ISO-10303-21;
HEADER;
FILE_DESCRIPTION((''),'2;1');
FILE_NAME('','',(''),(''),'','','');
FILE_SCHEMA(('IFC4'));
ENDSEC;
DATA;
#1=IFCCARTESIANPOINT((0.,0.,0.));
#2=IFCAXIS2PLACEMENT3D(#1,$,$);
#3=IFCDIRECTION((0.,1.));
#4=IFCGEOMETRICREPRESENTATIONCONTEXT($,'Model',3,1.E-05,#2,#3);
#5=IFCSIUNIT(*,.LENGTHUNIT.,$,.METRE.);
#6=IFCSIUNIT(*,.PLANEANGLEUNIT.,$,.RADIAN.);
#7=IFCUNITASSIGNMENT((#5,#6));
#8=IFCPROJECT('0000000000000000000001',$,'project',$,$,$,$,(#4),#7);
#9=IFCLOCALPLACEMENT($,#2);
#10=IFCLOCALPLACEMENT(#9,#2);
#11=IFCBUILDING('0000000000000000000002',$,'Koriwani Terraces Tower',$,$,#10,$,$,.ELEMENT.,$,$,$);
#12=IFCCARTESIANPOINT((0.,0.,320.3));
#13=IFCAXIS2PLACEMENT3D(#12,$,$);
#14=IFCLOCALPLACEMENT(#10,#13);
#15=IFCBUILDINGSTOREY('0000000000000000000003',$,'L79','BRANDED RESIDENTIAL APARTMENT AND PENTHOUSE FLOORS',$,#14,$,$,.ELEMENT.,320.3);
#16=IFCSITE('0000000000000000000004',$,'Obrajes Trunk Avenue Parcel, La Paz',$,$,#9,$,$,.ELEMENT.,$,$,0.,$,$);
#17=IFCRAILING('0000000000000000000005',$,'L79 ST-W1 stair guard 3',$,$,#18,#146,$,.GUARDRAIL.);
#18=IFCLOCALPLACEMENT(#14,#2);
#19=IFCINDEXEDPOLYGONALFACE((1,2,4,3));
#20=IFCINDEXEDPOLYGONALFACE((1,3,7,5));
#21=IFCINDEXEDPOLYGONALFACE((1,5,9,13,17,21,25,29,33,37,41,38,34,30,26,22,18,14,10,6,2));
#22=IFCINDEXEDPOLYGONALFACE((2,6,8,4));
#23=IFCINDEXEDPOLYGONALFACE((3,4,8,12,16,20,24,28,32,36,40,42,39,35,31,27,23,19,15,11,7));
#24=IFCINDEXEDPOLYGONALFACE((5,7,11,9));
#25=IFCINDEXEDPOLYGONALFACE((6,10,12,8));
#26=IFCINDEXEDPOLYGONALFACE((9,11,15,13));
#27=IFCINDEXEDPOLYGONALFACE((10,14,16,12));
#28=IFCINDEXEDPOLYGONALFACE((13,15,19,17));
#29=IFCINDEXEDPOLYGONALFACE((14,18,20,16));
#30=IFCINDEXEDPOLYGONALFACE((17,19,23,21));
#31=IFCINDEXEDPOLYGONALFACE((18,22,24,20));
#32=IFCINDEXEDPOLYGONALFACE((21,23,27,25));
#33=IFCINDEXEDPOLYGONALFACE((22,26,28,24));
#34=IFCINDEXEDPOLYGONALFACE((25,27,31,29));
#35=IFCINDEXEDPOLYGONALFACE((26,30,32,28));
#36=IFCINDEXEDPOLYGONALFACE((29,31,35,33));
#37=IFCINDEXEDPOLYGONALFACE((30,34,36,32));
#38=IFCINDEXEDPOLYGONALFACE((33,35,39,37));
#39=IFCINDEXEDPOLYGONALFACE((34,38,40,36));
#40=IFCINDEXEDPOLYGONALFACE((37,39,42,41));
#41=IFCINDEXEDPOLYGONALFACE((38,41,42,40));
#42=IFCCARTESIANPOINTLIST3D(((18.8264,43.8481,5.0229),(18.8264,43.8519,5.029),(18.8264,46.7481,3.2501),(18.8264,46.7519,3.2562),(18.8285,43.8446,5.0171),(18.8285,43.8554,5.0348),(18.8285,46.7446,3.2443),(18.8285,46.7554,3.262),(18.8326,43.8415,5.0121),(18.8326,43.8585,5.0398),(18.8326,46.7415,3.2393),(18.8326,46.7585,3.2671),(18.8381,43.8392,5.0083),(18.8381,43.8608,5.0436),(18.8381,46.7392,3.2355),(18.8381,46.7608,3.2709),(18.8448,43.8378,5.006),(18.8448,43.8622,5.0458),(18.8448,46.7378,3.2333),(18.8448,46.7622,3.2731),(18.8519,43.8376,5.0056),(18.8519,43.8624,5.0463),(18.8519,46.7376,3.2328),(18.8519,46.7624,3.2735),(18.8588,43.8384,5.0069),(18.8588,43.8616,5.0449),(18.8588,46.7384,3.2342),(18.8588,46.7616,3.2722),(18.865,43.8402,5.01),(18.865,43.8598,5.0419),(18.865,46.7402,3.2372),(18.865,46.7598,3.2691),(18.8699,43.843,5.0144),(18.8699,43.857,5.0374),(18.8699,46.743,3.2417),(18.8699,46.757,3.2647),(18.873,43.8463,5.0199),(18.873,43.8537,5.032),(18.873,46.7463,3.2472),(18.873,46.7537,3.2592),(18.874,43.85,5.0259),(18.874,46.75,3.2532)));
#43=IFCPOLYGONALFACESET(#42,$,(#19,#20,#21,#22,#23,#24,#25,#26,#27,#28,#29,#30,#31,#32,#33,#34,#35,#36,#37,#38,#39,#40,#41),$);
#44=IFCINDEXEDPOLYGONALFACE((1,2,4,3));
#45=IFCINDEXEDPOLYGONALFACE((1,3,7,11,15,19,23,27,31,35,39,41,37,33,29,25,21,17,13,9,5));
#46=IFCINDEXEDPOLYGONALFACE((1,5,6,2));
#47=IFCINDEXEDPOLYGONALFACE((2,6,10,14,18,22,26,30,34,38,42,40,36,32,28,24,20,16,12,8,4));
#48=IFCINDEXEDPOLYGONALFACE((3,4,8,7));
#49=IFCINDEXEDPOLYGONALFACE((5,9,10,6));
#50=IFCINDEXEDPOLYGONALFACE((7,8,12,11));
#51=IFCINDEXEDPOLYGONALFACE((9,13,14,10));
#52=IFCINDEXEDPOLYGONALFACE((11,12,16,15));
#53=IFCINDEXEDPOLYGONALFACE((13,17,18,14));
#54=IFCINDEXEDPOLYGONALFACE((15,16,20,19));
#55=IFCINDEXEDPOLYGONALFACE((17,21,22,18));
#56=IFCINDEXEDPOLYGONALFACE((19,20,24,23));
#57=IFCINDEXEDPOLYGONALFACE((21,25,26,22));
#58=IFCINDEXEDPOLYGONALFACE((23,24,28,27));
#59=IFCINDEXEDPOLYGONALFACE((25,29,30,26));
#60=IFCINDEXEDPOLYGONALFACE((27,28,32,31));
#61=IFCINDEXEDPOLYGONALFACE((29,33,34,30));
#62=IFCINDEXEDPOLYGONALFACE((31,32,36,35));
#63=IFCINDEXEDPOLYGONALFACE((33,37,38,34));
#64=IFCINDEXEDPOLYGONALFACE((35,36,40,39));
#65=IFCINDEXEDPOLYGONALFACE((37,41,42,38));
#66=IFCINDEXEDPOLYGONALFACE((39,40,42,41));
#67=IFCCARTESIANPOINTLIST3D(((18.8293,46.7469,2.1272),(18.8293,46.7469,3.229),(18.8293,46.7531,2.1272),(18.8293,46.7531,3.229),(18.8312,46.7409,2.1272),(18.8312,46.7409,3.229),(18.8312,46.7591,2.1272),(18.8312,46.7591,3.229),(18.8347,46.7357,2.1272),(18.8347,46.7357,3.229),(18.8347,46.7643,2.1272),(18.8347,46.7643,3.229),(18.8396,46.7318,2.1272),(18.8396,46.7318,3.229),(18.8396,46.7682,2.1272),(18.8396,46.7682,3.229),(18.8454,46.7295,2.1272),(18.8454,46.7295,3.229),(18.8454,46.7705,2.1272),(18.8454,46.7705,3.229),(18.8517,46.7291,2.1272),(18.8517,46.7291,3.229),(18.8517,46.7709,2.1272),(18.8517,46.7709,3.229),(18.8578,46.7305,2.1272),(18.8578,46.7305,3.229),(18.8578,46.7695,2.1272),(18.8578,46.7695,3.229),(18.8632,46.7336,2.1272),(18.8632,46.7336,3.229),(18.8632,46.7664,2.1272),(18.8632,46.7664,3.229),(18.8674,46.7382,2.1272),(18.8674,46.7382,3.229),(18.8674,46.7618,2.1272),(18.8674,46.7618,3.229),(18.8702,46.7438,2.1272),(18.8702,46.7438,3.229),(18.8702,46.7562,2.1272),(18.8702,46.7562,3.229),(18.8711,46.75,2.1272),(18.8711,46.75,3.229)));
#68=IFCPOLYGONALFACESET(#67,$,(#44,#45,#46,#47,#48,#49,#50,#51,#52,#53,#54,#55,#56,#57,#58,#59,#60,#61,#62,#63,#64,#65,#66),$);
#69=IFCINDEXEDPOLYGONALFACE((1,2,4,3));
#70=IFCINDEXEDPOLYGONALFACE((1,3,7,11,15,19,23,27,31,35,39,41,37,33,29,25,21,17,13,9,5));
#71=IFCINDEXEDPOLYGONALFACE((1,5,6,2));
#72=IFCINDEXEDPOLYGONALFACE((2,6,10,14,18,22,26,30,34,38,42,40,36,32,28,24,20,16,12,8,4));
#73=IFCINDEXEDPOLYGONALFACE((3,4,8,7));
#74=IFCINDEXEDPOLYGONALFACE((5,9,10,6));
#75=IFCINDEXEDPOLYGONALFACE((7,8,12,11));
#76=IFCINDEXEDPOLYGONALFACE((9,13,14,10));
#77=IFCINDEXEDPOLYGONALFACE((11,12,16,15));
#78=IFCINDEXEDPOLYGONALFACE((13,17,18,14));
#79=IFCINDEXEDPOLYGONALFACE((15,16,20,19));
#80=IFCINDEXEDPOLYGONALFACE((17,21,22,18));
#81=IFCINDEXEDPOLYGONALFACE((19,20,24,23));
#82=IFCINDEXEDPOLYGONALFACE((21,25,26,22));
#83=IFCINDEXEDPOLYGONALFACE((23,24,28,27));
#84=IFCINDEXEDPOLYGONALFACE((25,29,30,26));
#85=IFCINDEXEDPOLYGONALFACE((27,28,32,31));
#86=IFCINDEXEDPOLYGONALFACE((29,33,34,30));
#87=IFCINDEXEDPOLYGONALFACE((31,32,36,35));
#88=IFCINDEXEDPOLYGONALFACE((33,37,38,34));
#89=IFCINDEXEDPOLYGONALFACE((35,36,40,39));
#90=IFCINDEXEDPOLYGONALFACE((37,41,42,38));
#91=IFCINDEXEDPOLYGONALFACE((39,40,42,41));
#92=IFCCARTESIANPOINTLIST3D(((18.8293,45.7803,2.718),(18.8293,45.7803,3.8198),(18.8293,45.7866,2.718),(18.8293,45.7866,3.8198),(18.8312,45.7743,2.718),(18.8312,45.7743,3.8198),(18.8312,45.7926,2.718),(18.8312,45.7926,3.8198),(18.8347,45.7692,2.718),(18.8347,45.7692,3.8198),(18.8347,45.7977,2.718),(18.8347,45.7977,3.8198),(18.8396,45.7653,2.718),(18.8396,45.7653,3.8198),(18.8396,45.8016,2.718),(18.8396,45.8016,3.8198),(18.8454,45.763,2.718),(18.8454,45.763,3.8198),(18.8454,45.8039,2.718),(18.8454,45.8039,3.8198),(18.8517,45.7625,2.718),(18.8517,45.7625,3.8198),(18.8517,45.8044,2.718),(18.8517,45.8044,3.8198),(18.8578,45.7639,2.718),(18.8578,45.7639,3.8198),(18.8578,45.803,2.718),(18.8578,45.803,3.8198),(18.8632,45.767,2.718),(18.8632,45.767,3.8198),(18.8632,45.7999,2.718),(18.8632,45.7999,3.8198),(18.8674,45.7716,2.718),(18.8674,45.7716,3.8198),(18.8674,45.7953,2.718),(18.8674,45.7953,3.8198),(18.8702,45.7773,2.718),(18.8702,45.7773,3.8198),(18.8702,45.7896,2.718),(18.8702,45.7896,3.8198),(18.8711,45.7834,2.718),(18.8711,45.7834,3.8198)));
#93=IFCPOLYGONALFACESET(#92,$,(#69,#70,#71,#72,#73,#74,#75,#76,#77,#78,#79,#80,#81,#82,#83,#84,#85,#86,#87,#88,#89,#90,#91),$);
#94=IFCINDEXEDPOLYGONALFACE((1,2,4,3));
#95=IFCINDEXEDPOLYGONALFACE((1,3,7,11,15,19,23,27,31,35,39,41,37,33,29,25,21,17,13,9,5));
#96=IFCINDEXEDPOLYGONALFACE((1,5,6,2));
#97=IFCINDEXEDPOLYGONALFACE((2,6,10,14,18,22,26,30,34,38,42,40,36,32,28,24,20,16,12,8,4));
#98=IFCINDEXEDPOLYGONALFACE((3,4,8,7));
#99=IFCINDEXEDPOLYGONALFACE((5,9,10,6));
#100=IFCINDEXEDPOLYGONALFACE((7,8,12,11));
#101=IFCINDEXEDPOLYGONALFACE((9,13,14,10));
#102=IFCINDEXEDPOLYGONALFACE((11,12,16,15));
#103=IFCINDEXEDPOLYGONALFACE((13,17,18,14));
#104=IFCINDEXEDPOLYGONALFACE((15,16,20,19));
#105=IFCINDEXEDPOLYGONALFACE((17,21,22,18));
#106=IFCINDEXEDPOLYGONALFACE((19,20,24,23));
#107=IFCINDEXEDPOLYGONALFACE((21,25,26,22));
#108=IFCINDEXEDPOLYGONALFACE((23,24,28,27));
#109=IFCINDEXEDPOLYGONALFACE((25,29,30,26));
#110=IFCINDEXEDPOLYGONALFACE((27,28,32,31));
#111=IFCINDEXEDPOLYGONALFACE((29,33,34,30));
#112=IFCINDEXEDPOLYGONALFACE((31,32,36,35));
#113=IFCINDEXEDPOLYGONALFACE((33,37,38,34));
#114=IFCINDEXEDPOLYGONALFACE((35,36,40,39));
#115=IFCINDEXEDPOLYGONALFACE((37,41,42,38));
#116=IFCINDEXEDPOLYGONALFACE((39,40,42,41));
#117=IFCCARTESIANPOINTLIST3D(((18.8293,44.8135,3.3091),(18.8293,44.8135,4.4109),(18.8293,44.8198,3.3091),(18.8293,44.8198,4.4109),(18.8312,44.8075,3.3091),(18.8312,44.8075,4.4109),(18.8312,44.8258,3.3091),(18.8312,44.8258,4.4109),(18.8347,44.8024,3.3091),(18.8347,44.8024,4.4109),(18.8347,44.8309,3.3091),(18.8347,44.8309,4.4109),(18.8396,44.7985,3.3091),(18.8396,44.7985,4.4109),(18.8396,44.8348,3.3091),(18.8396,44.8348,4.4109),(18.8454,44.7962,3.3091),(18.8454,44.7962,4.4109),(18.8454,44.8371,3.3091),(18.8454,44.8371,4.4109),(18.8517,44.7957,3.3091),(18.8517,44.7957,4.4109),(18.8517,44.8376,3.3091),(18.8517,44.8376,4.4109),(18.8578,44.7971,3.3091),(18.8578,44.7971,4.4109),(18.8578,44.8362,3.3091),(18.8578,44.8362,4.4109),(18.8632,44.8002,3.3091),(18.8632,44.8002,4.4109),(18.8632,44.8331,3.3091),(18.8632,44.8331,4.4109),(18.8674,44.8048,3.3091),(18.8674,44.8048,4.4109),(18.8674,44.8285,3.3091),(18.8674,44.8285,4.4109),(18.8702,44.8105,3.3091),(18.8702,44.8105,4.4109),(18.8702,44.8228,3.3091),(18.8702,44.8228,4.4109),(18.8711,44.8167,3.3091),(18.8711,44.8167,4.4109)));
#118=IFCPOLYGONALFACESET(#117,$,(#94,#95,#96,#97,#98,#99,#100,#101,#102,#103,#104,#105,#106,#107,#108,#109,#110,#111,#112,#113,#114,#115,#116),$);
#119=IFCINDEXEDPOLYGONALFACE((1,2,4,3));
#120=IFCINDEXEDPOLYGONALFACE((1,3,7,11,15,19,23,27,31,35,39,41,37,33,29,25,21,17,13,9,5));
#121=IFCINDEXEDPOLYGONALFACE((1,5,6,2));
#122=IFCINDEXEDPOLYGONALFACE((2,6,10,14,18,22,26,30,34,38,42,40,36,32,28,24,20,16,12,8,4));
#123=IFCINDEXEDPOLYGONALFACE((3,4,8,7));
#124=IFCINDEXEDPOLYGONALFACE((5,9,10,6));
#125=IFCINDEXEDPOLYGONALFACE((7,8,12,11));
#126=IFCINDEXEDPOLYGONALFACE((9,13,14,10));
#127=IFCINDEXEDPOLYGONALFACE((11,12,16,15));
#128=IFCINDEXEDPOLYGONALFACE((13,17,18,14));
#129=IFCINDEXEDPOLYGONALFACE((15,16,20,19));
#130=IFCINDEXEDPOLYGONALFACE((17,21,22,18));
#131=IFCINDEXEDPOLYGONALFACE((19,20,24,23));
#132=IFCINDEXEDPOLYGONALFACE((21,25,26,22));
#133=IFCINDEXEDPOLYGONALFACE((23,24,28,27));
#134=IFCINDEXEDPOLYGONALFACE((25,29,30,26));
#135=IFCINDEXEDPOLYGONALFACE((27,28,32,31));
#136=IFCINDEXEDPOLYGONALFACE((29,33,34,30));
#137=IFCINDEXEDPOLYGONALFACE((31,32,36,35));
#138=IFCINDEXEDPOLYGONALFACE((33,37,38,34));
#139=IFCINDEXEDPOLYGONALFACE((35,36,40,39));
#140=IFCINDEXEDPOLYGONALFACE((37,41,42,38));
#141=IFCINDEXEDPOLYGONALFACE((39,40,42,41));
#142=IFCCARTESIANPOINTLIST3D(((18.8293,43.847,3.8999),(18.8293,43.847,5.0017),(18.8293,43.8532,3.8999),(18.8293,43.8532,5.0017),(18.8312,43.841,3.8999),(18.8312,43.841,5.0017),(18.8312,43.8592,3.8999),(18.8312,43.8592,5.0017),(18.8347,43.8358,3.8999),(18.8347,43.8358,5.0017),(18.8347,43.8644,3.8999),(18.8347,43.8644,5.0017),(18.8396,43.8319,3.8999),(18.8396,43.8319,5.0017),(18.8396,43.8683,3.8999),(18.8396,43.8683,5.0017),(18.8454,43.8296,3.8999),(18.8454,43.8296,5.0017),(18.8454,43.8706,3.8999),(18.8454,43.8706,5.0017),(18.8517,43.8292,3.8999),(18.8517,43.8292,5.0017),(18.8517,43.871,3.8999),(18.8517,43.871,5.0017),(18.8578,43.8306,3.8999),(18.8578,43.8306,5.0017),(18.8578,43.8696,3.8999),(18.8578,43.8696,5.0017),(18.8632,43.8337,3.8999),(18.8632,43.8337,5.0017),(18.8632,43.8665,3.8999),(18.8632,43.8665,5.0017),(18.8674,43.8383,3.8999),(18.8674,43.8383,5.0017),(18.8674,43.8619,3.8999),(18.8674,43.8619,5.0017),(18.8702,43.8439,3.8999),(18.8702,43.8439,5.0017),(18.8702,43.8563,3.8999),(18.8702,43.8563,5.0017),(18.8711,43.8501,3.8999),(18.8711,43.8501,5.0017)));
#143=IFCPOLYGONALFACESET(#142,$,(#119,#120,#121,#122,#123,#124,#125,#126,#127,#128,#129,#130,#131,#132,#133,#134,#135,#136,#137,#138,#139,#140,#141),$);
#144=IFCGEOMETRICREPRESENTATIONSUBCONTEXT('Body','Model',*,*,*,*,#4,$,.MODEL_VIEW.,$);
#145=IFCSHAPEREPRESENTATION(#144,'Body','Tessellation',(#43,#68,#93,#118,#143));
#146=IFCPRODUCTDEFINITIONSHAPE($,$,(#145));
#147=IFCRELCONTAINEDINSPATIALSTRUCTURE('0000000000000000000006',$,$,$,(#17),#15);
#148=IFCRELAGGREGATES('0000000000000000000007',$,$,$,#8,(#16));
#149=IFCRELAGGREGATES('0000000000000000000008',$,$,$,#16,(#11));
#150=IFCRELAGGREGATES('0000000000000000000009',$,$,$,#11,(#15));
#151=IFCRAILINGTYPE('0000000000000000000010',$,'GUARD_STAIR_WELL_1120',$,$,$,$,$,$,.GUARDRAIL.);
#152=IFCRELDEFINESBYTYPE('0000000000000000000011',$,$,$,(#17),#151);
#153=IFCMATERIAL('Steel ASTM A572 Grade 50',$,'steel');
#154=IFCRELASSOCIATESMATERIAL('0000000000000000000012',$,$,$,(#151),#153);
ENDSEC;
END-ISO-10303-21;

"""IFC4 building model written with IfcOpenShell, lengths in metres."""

from ifc_helpers import new_model, si_unit, direction, frame, origin, origin_2d, place, context, subcontext, project, spatial, circle, extrude, material, type_object, element, save


model = new_model("IFC4")

# Units and contexts
model_context = context("Model", 3, precision=1e-05, world=origin(), true_north=direction((0.0, 1.0)))
body_context = subcontext(model_context, "Body", "Model", "MODEL_VIEW")
ifc_project = project(units=[si_unit("LENGTHUNIT", "METRE"), si_unit("PLANEANGLEUNIT", "RADIAN")], contexts=[model_context])

# Site, building, storey
site_placement = place(None, origin())
site = spatial("IfcSite", under=ifc_project, at=site_placement, Name="Obrajes Trunk Avenue Parcel, La Paz", CompositionType="ELEMENT", RefElevation=0.0)
building_placement = place(site_placement, origin())
building = spatial("IfcBuilding", under=site, at=building_placement, Name="Koriwani Terraces Tower", CompositionType="ELEMENT")
storey_placement = place(building_placement, frame((0.0, 0.0, 320.3)))
storey = spatial("IfcBuildingStorey", under=building, at=storey_placement, Name="L79", Description="BRANDED RESIDENTIAL APARTMENT AND PENTHOUSE FLOORS", CompositionType="ELEMENT", Elevation=320.3)

# Shared definitions
ifc_material_1 = material(Name="Steel ASTM A572 Grade 50", Category="steel")

# Railing
railing_type_1 = type_object("IfcRailingType", Name="GUARD_STAIR_WELL_1120", PredefinedType="GUARDRAIL", material=ifc_material_1)
railing_1_placement = place(storey_placement, frame((18.8501, 46.75, 2.1272)))
element("IfcRailing", 1, at=railing_1_placement, inside=storey, type_object=railing_type_1, Name="L79 ST-W1 stair guard 3", PredefinedType="GUARDRAIL", context=body_context, shape_type="SweptSolid", body=[
    extrude(circle(Radius=0.0239, at=origin_2d()), frame((0.0, 0.0, 1.126), z_axis=(0.0, -0.853211, 0.521566), x_axis=(1.0, 0.0, 0.0)), (0.0, 0.0, 1.0), 3.3989),
    extrude(circle(Radius=0.021, at=origin_2d()), origin(), (0.0, 0.0, 1.0), 1.1018),
    extrude(circle(Radius=0.021, at=origin_2d()), frame((0.0, -0.9666, 0.5908)), (0.0, 0.0, 1.0), 1.1018),
    extrude(circle(Radius=0.021, at=origin_2d()), frame((0.0, -1.9333, 1.1819)), (0.0, 0.0, 1.0), 1.1018),
    extrude(circle(Radius=0.021, at=origin_2d()), frame((0.0, -2.8999, 1.7727)), (0.0, 0.0, 1.0), 1.1018),
])

save(model, "model.ifc")
